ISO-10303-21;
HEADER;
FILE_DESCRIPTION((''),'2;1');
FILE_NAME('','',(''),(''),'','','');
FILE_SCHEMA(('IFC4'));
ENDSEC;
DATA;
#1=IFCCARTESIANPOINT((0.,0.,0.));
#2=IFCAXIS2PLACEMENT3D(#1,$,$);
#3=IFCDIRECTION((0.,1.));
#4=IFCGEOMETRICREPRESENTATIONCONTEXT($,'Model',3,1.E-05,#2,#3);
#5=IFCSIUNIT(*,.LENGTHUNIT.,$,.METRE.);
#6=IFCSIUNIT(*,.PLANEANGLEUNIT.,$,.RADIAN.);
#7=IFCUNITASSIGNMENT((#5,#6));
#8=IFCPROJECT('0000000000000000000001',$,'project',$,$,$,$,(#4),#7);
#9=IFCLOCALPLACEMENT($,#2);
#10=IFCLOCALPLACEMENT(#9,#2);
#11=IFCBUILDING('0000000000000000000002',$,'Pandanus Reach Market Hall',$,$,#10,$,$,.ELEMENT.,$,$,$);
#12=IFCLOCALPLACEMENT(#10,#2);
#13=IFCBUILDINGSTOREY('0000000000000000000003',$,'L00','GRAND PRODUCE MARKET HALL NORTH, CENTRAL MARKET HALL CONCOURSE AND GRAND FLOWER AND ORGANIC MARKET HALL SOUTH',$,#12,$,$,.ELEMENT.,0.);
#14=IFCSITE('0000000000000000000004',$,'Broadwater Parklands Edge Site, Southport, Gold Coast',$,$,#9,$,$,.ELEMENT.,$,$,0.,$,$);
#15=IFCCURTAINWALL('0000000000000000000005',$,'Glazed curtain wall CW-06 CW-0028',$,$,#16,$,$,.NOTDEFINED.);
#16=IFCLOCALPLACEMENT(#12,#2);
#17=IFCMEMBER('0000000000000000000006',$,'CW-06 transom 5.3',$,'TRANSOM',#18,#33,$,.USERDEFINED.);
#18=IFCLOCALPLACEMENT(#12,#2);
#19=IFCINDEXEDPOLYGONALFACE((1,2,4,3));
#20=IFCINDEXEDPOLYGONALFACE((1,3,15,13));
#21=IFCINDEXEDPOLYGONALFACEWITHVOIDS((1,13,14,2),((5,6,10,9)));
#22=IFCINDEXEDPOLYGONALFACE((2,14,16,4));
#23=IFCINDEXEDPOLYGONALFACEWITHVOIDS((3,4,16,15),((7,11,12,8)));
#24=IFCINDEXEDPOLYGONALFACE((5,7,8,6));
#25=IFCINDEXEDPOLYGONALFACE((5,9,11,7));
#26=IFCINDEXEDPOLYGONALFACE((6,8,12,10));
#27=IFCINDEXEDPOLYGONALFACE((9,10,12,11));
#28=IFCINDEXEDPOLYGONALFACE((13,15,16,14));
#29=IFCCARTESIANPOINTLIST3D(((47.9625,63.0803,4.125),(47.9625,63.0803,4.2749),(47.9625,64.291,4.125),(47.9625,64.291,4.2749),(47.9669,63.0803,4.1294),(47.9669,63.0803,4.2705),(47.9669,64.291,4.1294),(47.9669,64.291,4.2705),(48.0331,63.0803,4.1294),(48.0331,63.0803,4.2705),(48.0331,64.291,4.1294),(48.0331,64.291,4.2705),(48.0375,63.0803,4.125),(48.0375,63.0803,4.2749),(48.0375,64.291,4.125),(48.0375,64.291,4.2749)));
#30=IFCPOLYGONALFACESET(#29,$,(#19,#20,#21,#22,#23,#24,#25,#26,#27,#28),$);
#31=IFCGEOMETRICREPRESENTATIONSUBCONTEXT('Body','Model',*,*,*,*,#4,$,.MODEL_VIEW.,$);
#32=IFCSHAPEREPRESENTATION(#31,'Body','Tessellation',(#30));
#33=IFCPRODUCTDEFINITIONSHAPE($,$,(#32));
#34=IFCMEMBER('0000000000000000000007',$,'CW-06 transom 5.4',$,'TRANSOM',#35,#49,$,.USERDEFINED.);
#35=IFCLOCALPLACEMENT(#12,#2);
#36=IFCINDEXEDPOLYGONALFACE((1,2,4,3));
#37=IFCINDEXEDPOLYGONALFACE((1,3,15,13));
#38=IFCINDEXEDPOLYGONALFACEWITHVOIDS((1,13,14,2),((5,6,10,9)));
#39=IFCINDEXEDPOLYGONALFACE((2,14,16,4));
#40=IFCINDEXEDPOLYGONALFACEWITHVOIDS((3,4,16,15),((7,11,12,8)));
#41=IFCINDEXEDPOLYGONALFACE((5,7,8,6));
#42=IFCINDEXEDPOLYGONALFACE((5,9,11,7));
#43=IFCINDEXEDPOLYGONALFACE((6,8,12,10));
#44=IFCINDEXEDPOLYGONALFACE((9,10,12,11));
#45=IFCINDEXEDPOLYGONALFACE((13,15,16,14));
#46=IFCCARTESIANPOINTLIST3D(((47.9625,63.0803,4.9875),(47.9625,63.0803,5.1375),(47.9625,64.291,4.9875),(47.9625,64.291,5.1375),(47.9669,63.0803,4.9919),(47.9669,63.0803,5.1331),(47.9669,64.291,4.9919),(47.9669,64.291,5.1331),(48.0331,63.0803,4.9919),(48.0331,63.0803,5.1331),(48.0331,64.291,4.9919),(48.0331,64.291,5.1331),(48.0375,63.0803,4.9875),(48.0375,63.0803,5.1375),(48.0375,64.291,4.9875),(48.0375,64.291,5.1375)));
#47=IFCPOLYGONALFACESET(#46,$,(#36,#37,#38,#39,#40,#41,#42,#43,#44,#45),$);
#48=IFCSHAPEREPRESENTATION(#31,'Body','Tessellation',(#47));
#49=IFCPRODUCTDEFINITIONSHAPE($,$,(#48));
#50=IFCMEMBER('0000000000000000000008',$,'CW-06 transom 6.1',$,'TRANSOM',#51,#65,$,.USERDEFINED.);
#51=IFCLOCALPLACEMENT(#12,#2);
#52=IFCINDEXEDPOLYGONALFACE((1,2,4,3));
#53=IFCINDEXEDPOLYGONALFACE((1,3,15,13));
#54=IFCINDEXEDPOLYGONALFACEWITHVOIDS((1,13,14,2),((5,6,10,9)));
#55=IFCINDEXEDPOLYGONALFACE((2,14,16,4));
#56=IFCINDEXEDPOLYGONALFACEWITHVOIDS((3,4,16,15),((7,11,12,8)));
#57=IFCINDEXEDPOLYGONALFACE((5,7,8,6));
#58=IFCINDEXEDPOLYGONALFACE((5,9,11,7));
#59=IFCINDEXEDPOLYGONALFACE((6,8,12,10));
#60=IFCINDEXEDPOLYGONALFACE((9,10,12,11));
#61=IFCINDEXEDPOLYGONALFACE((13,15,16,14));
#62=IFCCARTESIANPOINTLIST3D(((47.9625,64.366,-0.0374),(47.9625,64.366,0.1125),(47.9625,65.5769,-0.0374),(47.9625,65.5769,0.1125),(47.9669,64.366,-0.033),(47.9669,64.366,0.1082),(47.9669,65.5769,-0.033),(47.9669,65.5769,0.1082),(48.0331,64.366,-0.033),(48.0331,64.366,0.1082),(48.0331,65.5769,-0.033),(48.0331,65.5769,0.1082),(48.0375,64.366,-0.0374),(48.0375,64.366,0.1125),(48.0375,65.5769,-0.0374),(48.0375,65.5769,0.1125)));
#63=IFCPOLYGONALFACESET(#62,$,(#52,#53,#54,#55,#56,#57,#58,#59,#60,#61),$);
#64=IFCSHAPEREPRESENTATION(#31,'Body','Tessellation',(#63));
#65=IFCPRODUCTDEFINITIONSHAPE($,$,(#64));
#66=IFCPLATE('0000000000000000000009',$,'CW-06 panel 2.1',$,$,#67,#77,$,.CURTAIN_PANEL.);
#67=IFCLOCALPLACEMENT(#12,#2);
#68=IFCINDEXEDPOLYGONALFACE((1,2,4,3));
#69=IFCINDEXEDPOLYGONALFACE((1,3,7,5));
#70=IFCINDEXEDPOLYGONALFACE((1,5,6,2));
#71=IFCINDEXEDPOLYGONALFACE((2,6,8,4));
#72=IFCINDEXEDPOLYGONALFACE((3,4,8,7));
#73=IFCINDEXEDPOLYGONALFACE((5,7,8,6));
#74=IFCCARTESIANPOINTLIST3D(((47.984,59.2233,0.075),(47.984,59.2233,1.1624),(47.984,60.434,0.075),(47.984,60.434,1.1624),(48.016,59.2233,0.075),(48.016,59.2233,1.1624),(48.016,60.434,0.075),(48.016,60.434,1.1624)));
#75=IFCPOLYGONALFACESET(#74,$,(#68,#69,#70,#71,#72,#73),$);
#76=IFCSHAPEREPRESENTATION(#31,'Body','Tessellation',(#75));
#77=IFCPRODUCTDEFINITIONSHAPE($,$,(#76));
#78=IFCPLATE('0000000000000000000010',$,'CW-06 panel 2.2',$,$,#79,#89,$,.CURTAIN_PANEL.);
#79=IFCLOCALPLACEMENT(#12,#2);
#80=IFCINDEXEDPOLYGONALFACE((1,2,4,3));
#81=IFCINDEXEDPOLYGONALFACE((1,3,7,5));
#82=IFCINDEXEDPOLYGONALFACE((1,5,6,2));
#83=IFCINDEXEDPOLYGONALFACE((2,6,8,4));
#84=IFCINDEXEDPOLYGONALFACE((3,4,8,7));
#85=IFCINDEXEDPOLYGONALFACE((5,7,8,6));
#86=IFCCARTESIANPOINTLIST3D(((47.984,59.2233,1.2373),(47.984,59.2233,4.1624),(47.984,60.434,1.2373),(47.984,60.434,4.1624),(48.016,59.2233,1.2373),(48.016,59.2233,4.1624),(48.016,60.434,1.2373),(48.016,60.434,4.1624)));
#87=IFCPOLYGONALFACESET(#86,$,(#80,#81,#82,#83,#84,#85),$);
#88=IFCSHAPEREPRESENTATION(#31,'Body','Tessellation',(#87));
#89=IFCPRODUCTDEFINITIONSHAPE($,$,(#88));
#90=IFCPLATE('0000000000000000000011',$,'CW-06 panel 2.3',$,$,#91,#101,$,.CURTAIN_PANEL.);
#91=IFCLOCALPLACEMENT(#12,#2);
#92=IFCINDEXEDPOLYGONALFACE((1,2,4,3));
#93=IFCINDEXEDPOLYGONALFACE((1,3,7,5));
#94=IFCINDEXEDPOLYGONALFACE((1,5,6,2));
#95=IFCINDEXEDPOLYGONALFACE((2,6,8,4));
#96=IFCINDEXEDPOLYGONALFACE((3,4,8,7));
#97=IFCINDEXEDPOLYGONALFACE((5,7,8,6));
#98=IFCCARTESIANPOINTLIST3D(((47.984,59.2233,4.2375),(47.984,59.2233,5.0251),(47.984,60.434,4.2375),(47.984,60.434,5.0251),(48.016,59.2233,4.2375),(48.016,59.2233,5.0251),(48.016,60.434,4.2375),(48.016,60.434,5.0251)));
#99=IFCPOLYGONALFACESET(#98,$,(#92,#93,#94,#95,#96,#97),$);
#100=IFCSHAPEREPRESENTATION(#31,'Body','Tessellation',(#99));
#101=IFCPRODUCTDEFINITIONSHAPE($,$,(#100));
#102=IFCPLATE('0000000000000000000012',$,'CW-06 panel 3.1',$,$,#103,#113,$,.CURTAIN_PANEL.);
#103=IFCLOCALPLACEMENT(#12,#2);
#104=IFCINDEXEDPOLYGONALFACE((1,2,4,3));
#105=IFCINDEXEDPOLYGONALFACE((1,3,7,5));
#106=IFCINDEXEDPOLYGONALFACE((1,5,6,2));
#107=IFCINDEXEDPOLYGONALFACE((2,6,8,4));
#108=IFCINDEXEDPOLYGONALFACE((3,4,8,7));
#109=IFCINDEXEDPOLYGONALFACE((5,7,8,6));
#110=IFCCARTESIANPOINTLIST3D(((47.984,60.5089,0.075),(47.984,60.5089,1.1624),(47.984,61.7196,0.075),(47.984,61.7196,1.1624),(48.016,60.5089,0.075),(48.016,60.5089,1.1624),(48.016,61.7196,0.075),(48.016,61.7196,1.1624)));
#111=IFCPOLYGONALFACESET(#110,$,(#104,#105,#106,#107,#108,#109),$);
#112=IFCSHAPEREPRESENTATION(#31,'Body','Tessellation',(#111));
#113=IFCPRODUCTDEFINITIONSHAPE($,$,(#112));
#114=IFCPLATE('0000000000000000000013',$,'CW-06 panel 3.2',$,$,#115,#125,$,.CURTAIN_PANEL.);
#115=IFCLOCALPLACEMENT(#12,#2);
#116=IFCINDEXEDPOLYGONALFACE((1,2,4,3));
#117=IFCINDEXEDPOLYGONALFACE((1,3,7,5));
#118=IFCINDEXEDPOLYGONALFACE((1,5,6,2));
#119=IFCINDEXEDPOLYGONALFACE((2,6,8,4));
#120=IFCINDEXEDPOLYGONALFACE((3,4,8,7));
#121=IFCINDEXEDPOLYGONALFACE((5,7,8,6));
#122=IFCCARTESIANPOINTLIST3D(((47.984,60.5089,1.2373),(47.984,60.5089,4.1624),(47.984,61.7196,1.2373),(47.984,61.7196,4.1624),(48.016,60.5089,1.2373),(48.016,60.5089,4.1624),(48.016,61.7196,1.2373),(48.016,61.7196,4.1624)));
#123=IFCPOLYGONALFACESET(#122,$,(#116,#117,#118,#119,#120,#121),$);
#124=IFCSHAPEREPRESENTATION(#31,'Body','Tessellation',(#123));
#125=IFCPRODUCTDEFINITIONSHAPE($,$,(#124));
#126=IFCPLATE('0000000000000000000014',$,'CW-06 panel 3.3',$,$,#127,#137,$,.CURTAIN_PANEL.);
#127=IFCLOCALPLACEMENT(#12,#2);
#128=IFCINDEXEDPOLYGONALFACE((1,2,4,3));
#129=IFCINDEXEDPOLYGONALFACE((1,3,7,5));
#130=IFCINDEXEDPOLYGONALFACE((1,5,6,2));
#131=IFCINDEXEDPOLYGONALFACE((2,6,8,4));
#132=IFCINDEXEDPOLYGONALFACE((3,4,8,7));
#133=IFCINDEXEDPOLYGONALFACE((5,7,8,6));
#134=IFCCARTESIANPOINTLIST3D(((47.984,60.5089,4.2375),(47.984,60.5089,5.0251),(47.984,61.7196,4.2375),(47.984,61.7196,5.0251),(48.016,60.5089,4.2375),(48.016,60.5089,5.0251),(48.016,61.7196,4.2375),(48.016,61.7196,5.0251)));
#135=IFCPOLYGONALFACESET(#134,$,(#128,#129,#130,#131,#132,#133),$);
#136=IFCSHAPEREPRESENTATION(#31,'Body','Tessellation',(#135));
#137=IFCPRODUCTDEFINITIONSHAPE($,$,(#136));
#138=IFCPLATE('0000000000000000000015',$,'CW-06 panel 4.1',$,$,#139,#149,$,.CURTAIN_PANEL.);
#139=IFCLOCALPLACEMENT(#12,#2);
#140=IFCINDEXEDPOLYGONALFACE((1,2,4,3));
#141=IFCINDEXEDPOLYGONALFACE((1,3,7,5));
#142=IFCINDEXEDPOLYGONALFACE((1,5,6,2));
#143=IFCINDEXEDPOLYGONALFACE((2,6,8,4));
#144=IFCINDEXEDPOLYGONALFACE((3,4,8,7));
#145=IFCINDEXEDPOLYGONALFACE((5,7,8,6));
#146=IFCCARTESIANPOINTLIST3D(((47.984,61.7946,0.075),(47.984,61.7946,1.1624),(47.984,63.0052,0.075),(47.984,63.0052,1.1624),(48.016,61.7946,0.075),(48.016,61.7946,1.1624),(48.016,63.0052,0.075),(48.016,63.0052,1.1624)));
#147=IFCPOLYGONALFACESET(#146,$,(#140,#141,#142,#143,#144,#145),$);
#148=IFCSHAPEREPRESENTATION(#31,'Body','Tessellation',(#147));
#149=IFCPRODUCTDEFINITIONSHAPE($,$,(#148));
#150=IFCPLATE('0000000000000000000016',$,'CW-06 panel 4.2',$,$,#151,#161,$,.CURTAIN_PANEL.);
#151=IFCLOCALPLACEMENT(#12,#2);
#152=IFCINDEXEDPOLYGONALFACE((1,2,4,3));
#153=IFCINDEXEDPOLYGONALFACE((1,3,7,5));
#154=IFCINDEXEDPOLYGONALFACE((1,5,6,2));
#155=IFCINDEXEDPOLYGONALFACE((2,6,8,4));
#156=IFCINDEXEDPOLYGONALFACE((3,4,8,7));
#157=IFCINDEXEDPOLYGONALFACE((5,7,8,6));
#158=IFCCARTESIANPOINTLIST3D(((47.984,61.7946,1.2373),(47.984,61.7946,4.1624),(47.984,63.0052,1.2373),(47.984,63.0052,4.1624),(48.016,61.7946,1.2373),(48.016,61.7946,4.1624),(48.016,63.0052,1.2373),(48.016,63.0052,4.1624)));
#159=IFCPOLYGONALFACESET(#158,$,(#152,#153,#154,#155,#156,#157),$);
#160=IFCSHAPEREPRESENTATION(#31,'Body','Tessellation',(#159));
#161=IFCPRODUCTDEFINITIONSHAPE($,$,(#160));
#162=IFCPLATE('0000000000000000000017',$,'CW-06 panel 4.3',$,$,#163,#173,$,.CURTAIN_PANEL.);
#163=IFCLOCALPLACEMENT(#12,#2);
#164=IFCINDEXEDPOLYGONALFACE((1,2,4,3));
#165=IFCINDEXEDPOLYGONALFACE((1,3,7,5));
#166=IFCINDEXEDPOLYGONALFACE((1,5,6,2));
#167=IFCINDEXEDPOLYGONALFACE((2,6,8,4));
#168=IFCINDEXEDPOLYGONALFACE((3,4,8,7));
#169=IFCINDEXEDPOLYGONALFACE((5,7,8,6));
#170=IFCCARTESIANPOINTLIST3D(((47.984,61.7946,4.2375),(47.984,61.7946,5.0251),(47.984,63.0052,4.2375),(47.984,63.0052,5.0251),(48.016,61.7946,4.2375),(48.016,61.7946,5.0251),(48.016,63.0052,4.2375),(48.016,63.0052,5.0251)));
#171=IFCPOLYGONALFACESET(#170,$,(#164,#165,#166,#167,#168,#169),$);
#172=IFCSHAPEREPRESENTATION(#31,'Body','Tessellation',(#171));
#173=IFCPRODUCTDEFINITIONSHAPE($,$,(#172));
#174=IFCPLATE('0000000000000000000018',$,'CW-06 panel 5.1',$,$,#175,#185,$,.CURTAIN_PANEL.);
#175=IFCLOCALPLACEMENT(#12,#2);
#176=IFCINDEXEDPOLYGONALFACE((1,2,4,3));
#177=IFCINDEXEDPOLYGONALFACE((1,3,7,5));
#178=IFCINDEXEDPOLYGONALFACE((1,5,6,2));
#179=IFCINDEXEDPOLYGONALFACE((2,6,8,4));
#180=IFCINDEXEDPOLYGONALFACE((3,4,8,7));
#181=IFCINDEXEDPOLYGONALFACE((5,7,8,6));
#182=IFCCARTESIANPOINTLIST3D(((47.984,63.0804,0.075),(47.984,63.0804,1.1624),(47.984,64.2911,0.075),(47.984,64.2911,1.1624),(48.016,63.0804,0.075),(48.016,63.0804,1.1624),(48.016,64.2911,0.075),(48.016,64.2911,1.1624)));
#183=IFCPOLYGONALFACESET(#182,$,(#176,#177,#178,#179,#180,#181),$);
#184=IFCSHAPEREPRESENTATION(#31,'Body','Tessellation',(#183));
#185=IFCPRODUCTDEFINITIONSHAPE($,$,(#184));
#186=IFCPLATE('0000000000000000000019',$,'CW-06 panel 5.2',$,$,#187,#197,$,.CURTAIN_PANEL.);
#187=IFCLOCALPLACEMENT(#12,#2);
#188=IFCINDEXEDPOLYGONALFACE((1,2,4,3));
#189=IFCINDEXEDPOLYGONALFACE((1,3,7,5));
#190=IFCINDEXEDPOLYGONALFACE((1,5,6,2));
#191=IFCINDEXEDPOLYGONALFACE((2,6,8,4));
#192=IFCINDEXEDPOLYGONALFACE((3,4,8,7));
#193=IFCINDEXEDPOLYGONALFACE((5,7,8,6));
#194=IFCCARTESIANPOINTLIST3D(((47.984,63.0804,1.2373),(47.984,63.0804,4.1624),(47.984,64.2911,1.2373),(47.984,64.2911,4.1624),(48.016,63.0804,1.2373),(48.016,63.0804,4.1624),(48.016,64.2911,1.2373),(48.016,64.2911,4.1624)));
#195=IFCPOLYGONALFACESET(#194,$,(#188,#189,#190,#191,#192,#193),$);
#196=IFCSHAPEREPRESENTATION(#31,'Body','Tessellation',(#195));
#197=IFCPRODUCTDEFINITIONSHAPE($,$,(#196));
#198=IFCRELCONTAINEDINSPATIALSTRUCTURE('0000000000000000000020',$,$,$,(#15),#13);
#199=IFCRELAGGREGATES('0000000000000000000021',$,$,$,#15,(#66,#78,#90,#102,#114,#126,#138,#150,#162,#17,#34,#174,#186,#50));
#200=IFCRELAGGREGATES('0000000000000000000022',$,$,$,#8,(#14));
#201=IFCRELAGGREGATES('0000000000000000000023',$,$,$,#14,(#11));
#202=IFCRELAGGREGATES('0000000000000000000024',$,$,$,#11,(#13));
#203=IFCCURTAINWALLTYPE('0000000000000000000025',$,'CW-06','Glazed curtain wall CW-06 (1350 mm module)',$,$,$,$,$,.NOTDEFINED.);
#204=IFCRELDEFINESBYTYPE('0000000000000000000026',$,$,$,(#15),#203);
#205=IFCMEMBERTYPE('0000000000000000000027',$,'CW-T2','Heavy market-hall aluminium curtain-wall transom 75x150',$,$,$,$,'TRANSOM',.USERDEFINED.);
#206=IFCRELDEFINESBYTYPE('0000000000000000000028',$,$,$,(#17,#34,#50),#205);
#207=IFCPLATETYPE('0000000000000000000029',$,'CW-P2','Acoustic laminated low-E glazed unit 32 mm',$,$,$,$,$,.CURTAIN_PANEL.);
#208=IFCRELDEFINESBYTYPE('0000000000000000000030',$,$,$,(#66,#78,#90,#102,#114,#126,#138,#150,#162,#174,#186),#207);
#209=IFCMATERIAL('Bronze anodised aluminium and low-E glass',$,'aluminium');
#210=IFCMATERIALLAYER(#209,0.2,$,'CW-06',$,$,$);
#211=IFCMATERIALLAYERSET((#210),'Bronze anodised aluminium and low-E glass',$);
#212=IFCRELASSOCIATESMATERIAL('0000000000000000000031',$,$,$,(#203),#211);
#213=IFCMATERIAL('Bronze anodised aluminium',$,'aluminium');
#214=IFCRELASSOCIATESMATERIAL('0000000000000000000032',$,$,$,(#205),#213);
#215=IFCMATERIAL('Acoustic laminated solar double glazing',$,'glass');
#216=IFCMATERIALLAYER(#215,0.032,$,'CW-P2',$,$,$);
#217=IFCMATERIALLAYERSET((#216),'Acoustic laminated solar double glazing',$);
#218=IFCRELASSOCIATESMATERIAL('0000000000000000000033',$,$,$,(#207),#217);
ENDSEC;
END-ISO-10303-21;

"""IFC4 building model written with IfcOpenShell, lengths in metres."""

from ifc_helpers import new_model, si_unit, direction, frame, origin, origin_2d, place, context, subcontext, project, spatial, rectangle, hollow_rectangle, extrude, material, layer, layer_set, material_profile, profile_set, type_object, element, aggregate, save


model = new_model("IFC4")

# Units and contexts
model_context = context("Model", 3, precision=1e-05, world=origin(), true_north=direction((0.0, 1.0)))
body_context = subcontext(model_context, "Body", "Model", "MODEL_VIEW")
ifc_project = project(units=[si_unit("LENGTHUNIT", "METRE"), si_unit("PLANEANGLEUNIT", "RADIAN")], contexts=[model_context])

# Site, building, storey
site_placement = place(None, origin())
site = spatial("IfcSite", under=ifc_project, at=site_placement, Name="Broadwater Parklands Edge Site, Southport, Gold Coast", CompositionType="ELEMENT", RefElevation=0.0)
building_placement = place(site_placement, origin())
building = spatial("IfcBuilding", under=site, at=building_placement, Name="Pandanus Reach Market Hall", CompositionType="ELEMENT")
storey_placement = place(building_placement, origin())
storey = spatial("IfcBuildingStorey", under=building, at=storey_placement, Name="L00", Description="GRAND PRODUCE MARKET HALL NORTH, CENTRAL MARKET HALL CONCOURSE AND GRAND FLOWER AND ORGANIC MARKET HALL SOUTH", CompositionType="ELEMENT", Elevation=0.0)

# Curtain wall, members, plates
ifc_material_1 = material(Name="Bronze anodised aluminium and low-E glass", Category="aluminium")
ifc_layer_1 = layer(ifc_material_1, 0.2, Name="CW-06")
ifc_layer_set_1 = layer_set([ifc_layer_1], Name="Bronze anodised aluminium and low-E glass")
curtain_wall_type = type_object("IfcCurtainWallType", Name="CW-06", Description="Glazed curtain wall CW-06 (1350 mm module)", PredefinedType="NOTDEFINED", material=ifc_layer_set_1)
curtain_wall_placement = place(storey_placement, origin())
curtain_wall = element("IfcCurtainWall", 1, at=curtain_wall_placement, inside=storey, type_object=curtain_wall_type, Name="Glazed curtain wall CW-06 CW-0028", PredefinedType="NOTDEFINED")
ifc_material_2 = material(Name="Bronze anodised aluminium", Category="aluminium")
ifc_material_profile_1 = material_profile(ifc_material_2, hollow_rectangle(XDim=0.075, YDim=0.1499, WallThickness=0.0044, at=origin_2d()), Name="ALU75x150", Category="LoadBearing")
ifc_profile_set_1 = profile_set([ifc_material_profile_1], Name="Bronze anodised aluminium")
member_type_1 = type_object("IfcMemberType", Name="CW-T2", Description="Heavy market-hall aluminium curtain-wall transom 75x150", ElementType="TRANSOM", PredefinedType="USERDEFINED", material=ifc_profile_set_1)
member_1_placement = place(storey_placement, frame((48.0, 63.0803, 4.2), z_axis=(0.0, 1.0, 0.0), x_axis=(-1.0, 0.0, 0.0)))
member_1 = element("IfcMember", 2, at=member_1_placement, type_object=member_type_1, Name="CW-06 transom 5.3", ObjectType="TRANSOM", PredefinedType="USERDEFINED", context=body_context, shape_type="SweptSolid", body=[
    extrude(hollow_rectangle(XDim=0.075, YDim=0.1499, WallThickness=0.0044, at=origin_2d()), origin(), (0.0, 0.0, 1.0), 1.2107),
])
member_2_placement = place(storey_placement, frame((48.0, 63.0803, 5.0625), z_axis=(0.0, 1.0, 0.0), x_axis=(-1.0, 0.0, 0.0)))
member_2 = element("IfcMember", 3, at=member_2_placement, type_object=member_type_1, Name="CW-06 transom 5.4", ObjectType="TRANSOM", PredefinedType="USERDEFINED", context=body_context, shape_type="SweptSolid", body=[
    extrude(hollow_rectangle(XDim=0.075, YDim=0.1499, WallThickness=0.0044, at=origin_2d()), origin(), (0.0, 0.0, 1.0), 1.2107),
])
member_3_placement = place(storey_placement, frame((48.0, 64.366, 0.0376), z_axis=(0.0, 1.0, 0.0), x_axis=(-1.0, 0.0, 0.0)))
member_3 = element("IfcMember", 4, at=member_3_placement, type_object=member_type_1, Name="CW-06 transom 6.1", ObjectType="TRANSOM", PredefinedType="USERDEFINED", context=body_context, shape_type="SweptSolid", body=[
    extrude(hollow_rectangle(XDim=0.075, YDim=0.1499, WallThickness=0.0044, at=origin_2d()), origin(), (0.0, 0.0, 1.0), 1.2109),
])
ifc_material_3 = material(Name="Acoustic laminated solar double glazing", Category="glass")
ifc_layer_2 = layer(ifc_material_3, 0.032, Name="CW-P2")
ifc_layer_set_2 = layer_set([ifc_layer_2], Name="Acoustic laminated solar double glazing")
plate_type = type_object("IfcPlateType", Name="CW-P2", Description="Acoustic laminated low-E glazed unit 32 mm", PredefinedType="CURTAIN_PANEL", material=ifc_layer_set_2)
plate_1_placement = place(storey_placement, frame((48.0, 59.8286, 0.075), z_axis=(0.0, 0.0, 1.0), x_axis=(0.0, 1.0, 0.0)))
plate_1 = element("IfcPlate", 5, at=plate_1_placement, type_object=plate_type, Name="CW-06 panel 2.1", PredefinedType="CURTAIN_PANEL", context=body_context, shape_type="SweptSolid", body=[
    extrude(rectangle(XDim=1.2107, YDim=0.032, at=origin_2d()), origin(), (0.0, 0.0, 1.0), 1.0874),
])
plate_2_placement = place(storey_placement, frame((48.0, 59.8286, 1.2373), z_axis=(0.0, 0.0, 1.0), x_axis=(0.0, 1.0, 0.0)))
plate_2 = element("IfcPlate", 6, at=plate_2_placement, type_object=plate_type, Name="CW-06 panel 2.2", PredefinedType="CURTAIN_PANEL", context=body_context, shape_type="SweptSolid", body=[
    extrude(rectangle(XDim=1.2107, YDim=0.032, at=origin_2d()), origin(), (0.0, 0.0, 1.0), 2.925),
])
plate_3_placement = place(storey_placement, frame((48.0, 59.8286, 4.2375), z_axis=(0.0, 0.0, 1.0), x_axis=(0.0, 1.0, 0.0)))
plate_3 = element("IfcPlate", 7, at=plate_3_placement, type_object=plate_type, Name="CW-06 panel 2.3", PredefinedType="CURTAIN_PANEL", context=body_context, shape_type="SweptSolid", body=[
    extrude(rectangle(XDim=1.2107, YDim=0.032, at=origin_2d()), origin(), (0.0, 0.0, 1.0), 0.7876),
])
plate_4_placement = place(storey_placement, frame((48.0, 61.1143, 0.075), z_axis=(0.0, 0.0, 1.0), x_axis=(0.0, 1.0, 0.0)))
plate_4 = element("IfcPlate", 8, at=plate_4_placement, type_object=plate_type, Name="CW-06 panel 3.1", PredefinedType="CURTAIN_PANEL", context=body_context, shape_type="SweptSolid", body=[
    extrude(rectangle(XDim=1.2107, YDim=0.032, at=origin_2d()), origin(), (0.0, 0.0, 1.0), 1.0874),
])
plate_5_placement = place(storey_placement, frame((48.0, 61.1143, 1.2373), z_axis=(0.0, 0.0, 1.0), x_axis=(0.0, 1.0, 0.0)))
plate_5 = element("IfcPlate", 9, at=plate_5_placement, type_object=plate_type, Name="CW-06 panel 3.2", PredefinedType="CURTAIN_PANEL", context=body_context, shape_type="SweptSolid", body=[
    extrude(rectangle(XDim=1.2107, YDim=0.032, at=origin_2d()), origin(), (0.0, 0.0, 1.0), 2.925),
])
plate_6_placement = place(storey_placement, frame((48.0, 61.1143, 4.2375), z_axis=(0.0, 0.0, 1.0), x_axis=(0.0, 1.0, 0.0)))
plate_6 = element("IfcPlate", 10, at=plate_6_placement, type_object=plate_type, Name="CW-06 panel 3.3", PredefinedType="CURTAIN_PANEL", context=body_context, shape_type="SweptSolid", body=[
    extrude(rectangle(XDim=1.2107, YDim=0.032, at=origin_2d()), origin(), (0.0, 0.0, 1.0), 0.7876),
])
plate_7_placement = place(storey_placement, frame((48.0, 62.3999, 0.075), z_axis=(0.0, 0.0, 1.0), x_axis=(0.0, 1.0, 0.0)))
plate_7 = element("IfcPlate", 11, at=plate_7_placement, type_object=plate_type, Name="CW-06 panel 4.1", PredefinedType="CURTAIN_PANEL", context=body_context, shape_type="SweptSolid", body=[
    extrude(rectangle(XDim=1.2107, YDim=0.032, at=origin_2d()), origin(), (0.0, 0.0, 1.0), 1.0874),
])
plate_8_placement = place(storey_placement, frame((48.0, 62.3999, 1.2373), z_axis=(0.0, 0.0, 1.0), x_axis=(0.0, 1.0, 0.0)))
plate_8 = element("IfcPlate", 12, at=plate_8_placement, type_object=plate_type, Name="CW-06 panel 4.2", PredefinedType="CURTAIN_PANEL", context=body_context, shape_type="SweptSolid", body=[
    extrude(rectangle(XDim=1.2107, YDim=0.032, at=origin_2d()), origin(), (0.0, 0.0, 1.0), 2.925),
])
plate_9_placement = place(storey_placement, frame((48.0, 62.3999, 4.2375), z_axis=(0.0, 0.0, 1.0), x_axis=(0.0, 1.0, 0.0)))
plate_9 = element("IfcPlate", 13, at=plate_9_placement, type_object=plate_type, Name="CW-06 panel 4.3", PredefinedType="CURTAIN_PANEL", context=body_context, shape_type="SweptSolid", body=[
    extrude(rectangle(XDim=1.2107, YDim=0.032, at=origin_2d()), origin(), (0.0, 0.0, 1.0), 0.7876),
])
plate_10_placement = place(storey_placement, frame((48.0, 63.6858, 0.075), z_axis=(0.0, 0.0, 1.0), x_axis=(0.0, 1.0, 0.0)))
plate_10 = element("IfcPlate", 14, at=plate_10_placement, type_object=plate_type, Name="CW-06 panel 5.1", PredefinedType="CURTAIN_PANEL", context=body_context, shape_type="SweptSolid", body=[
    extrude(rectangle(XDim=1.2107, YDim=0.032, at=origin_2d()), origin(), (0.0, 0.0, 1.0), 1.0874),
])
plate_11_placement = place(storey_placement, frame((48.0, 63.6858, 1.2373), z_axis=(0.0, 0.0, 1.0), x_axis=(0.0, 1.0, 0.0)))
plate_11 = element("IfcPlate", 15, at=plate_11_placement, type_object=plate_type, Name="CW-06 panel 5.2", PredefinedType="CURTAIN_PANEL", context=body_context, shape_type="SweptSolid", body=[
    extrude(rectangle(XDim=1.2107, YDim=0.032, at=origin_2d()), origin(), (0.0, 0.0, 1.0), 2.925),
])
aggregate(curtain_wall, [plate_1, plate_2, plate_3, plate_4, plate_5, plate_6, plate_7, plate_8, plate_9, member_1, member_2, plate_10, plate_11, member_3])

save(model, "model.ifc")
